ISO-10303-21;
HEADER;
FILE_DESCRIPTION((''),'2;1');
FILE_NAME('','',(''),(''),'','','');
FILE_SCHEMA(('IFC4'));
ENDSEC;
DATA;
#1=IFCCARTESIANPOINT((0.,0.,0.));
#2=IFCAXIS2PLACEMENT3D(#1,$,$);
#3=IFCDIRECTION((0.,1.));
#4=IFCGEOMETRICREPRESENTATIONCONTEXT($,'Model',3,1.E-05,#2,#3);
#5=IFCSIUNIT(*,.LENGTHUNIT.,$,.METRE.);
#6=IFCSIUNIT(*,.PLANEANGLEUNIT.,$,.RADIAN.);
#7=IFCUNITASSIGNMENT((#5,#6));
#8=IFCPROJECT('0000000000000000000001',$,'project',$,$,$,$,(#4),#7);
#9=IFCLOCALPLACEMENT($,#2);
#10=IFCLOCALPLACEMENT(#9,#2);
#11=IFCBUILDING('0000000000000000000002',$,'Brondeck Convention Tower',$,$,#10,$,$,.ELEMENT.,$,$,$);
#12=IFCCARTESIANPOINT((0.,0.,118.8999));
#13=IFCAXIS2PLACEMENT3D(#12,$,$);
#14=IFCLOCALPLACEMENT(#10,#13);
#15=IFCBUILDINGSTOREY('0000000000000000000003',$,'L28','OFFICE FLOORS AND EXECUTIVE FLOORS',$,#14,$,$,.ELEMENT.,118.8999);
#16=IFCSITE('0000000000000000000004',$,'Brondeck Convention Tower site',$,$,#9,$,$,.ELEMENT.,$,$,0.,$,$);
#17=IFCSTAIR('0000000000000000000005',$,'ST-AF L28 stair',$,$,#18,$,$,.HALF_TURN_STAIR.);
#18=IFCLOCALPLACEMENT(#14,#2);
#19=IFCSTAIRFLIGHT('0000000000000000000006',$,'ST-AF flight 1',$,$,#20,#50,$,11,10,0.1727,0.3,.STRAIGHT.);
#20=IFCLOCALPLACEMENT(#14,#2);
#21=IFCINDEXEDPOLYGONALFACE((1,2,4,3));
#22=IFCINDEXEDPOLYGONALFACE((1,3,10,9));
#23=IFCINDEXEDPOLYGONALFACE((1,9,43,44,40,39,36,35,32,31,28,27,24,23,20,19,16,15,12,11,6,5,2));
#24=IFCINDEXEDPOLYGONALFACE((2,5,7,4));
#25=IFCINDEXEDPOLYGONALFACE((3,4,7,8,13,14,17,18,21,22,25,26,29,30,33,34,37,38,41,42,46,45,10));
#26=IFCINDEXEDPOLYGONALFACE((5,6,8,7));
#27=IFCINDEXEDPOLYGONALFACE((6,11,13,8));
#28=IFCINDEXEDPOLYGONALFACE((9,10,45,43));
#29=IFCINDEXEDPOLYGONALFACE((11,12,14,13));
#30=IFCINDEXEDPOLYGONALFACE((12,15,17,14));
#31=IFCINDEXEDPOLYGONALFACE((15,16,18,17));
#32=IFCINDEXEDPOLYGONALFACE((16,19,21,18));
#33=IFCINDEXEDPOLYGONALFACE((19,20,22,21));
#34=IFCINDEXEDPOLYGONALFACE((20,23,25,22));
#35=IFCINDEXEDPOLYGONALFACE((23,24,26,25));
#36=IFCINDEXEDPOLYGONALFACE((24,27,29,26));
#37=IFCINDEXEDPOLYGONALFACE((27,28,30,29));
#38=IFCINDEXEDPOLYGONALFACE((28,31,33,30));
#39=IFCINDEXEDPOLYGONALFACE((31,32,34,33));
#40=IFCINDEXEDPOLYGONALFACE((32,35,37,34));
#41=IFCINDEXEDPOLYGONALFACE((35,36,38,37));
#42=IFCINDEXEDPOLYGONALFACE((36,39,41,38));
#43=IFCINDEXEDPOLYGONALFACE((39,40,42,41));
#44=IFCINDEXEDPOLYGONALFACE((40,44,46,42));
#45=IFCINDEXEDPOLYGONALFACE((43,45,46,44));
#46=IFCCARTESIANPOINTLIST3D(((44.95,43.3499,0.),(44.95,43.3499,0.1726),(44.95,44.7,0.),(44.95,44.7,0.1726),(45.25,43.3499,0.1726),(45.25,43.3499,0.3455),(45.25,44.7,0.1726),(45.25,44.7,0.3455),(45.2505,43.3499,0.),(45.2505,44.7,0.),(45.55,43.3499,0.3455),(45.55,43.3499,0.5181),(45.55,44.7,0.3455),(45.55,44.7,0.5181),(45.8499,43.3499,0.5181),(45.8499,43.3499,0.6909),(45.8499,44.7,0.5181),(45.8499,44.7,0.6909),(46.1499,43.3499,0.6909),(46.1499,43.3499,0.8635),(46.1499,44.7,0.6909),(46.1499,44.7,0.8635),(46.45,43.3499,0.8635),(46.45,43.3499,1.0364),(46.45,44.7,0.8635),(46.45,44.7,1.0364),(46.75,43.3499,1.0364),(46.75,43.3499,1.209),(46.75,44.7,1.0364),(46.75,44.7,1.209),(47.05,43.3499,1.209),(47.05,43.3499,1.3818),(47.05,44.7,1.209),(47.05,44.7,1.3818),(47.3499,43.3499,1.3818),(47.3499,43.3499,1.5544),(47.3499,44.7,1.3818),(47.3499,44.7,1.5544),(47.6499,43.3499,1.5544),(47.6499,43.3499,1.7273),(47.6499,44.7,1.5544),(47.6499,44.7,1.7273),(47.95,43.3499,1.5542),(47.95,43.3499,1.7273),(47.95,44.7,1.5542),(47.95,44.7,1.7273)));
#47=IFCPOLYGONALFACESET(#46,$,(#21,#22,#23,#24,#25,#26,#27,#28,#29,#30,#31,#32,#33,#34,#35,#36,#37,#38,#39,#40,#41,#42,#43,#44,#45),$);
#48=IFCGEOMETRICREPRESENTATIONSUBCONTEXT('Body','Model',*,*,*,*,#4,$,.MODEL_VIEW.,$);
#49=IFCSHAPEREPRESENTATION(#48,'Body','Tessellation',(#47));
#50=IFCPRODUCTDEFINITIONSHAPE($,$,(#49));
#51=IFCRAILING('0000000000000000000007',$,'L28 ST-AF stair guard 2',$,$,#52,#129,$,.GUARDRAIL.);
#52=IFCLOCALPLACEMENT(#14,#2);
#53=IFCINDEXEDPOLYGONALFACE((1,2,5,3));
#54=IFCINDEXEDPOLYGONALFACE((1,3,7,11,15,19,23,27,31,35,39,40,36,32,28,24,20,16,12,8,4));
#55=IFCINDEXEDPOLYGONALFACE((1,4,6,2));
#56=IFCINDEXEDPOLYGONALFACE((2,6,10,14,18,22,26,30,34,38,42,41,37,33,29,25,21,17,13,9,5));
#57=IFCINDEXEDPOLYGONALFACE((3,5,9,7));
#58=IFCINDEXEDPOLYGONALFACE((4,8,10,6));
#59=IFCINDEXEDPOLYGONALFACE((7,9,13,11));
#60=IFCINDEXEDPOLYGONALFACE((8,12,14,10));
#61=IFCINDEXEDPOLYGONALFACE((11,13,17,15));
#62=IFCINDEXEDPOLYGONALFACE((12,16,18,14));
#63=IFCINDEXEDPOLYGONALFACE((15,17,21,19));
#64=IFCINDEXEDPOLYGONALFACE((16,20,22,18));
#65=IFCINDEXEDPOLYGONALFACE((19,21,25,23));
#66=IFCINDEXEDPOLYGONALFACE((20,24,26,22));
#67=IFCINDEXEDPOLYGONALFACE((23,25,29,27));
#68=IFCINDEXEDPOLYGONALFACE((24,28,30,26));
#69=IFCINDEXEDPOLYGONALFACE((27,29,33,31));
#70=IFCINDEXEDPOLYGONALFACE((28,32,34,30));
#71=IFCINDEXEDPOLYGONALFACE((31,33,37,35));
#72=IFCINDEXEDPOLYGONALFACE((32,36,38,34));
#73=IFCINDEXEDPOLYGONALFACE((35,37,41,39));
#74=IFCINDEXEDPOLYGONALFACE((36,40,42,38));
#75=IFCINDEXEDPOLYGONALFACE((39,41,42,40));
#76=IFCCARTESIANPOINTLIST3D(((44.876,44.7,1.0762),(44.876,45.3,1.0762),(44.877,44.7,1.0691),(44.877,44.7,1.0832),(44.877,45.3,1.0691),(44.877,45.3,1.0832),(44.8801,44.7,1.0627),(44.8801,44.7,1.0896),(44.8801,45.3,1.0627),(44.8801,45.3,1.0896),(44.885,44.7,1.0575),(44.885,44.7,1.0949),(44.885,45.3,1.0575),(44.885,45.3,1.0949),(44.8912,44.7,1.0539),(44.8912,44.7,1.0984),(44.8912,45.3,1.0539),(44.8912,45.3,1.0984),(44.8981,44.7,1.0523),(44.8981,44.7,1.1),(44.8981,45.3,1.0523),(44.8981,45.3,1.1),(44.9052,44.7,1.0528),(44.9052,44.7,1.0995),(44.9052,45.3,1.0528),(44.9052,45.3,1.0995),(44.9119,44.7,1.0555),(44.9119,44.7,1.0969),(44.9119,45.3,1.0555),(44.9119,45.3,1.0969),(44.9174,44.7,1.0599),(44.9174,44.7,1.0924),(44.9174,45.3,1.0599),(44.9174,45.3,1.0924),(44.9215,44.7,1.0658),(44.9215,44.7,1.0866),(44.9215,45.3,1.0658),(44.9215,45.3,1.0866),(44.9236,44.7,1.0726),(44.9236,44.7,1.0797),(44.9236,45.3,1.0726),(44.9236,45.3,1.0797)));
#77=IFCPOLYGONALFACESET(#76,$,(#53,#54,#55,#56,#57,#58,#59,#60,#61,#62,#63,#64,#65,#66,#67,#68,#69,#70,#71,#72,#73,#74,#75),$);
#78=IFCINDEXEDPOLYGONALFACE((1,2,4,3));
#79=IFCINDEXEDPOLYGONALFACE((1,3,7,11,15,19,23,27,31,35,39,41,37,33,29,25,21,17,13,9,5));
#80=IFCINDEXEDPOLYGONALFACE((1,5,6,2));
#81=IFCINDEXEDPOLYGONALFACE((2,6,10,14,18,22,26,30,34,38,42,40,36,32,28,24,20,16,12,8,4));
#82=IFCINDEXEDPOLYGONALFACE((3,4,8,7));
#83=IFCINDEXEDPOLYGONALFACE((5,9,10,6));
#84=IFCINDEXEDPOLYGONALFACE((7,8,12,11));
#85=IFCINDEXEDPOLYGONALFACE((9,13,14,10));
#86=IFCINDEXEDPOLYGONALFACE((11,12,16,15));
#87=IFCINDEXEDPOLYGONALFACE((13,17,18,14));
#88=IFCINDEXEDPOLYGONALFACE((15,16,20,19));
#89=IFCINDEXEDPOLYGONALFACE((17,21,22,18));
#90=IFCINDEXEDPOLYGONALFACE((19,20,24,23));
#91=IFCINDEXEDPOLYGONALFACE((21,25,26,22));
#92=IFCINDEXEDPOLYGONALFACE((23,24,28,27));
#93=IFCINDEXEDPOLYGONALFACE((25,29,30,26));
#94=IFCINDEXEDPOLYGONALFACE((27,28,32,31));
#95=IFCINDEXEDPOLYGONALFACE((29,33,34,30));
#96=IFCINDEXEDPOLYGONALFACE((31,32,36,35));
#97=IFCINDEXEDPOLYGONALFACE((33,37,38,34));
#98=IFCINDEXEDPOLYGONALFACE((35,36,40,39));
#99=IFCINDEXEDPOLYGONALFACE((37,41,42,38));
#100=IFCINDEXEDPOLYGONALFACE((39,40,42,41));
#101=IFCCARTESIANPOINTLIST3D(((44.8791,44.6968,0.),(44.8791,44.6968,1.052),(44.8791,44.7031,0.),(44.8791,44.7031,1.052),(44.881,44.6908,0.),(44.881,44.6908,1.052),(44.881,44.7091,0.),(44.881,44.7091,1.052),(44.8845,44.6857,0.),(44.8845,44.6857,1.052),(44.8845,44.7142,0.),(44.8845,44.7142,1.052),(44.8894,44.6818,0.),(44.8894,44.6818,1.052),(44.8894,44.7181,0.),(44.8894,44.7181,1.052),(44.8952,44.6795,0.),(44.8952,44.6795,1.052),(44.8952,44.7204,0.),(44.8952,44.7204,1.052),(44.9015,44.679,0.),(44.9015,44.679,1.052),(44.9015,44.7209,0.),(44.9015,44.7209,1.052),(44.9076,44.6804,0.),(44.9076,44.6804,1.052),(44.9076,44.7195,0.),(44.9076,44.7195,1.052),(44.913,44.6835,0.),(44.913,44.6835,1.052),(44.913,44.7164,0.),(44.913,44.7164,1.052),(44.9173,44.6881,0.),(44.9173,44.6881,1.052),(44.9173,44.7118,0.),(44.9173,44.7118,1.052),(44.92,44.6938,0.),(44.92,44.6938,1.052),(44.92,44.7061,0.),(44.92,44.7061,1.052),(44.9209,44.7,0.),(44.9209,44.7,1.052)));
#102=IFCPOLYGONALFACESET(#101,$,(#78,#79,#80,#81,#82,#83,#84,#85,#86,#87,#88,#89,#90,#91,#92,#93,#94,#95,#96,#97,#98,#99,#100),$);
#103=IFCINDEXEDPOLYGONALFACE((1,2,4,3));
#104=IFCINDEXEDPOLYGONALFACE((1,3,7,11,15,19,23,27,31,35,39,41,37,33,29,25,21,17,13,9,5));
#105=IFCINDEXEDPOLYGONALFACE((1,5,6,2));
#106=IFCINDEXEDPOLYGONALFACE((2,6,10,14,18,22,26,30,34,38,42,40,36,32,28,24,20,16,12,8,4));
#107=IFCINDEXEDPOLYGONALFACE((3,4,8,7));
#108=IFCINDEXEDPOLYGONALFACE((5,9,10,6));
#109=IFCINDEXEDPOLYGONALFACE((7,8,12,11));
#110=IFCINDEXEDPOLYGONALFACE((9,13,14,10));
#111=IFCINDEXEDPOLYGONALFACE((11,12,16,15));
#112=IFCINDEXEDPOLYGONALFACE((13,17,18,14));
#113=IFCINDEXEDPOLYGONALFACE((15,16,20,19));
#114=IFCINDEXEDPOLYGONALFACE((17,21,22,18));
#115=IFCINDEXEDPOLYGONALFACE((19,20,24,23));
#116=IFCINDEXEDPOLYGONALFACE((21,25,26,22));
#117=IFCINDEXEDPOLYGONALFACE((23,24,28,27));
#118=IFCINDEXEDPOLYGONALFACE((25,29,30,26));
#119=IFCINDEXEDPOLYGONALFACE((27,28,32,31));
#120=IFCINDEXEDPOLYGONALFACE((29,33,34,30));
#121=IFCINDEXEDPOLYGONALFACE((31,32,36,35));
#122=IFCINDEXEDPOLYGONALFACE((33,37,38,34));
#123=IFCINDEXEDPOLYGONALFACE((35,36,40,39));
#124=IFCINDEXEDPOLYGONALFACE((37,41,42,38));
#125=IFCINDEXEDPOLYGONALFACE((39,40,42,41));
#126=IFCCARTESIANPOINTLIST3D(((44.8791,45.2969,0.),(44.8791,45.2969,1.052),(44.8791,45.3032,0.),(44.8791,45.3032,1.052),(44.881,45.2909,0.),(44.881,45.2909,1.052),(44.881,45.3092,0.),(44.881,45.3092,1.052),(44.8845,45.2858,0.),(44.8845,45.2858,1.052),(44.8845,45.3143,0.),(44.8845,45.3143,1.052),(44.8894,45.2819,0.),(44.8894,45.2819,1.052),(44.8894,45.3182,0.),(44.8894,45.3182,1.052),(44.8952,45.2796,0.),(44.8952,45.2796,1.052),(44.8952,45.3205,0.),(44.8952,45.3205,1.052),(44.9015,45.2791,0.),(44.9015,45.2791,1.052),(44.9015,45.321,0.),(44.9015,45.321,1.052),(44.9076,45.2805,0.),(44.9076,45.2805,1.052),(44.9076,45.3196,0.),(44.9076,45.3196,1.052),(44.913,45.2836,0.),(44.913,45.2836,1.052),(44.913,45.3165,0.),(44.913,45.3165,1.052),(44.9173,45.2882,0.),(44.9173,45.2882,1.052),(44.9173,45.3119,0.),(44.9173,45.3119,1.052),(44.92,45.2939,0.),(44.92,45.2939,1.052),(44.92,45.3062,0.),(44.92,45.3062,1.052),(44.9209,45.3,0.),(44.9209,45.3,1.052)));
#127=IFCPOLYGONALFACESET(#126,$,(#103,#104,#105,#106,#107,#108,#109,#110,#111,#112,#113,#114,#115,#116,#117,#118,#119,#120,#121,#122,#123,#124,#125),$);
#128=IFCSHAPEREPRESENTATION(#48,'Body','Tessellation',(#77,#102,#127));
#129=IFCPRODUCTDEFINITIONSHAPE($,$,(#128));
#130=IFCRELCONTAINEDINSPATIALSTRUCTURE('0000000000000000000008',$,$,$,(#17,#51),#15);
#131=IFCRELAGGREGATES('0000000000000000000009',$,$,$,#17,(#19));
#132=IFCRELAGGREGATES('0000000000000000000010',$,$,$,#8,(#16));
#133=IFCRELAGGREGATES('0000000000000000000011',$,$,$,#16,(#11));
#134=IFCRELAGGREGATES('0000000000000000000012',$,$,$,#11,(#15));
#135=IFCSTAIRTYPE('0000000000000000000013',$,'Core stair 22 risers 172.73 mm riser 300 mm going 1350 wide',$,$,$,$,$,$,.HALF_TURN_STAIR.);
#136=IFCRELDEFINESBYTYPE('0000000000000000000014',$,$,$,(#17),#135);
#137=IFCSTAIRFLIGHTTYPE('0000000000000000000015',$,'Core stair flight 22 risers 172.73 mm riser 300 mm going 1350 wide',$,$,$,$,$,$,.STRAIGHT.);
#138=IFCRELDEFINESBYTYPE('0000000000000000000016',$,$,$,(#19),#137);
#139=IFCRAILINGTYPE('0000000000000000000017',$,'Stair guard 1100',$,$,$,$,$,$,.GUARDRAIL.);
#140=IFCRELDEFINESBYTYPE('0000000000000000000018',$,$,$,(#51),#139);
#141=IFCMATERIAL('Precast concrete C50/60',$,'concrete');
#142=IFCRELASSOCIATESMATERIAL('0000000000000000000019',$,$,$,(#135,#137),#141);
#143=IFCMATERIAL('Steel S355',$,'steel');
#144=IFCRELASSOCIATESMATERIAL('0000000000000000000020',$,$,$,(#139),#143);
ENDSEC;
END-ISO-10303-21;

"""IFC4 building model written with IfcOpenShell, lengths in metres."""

from ifc_helpers import new_model, si_unit, direction, frame, origin, origin_2d, place, context, subcontext, project, spatial, polyline, circle, outline, extrude, material, type_object, element, aggregate, save


model = new_model("IFC4")

# Units and contexts
model_context = context("Model", 3, precision=1e-05, world=origin(), true_north=direction((0.0, 1.0)))
body_context = subcontext(model_context, "Body", "Model", "MODEL_VIEW")
ifc_project = project(units=[si_unit("LENGTHUNIT", "METRE"), si_unit("PLANEANGLEUNIT", "RADIAN")], contexts=[model_context])

# Site, building, storey
site_placement = place(None, origin())
site = spatial("IfcSite", under=ifc_project, at=site_placement, Name="Brondeck Convention Tower site", CompositionType="ELEMENT", RefElevation=0.0)
building_placement = place(site_placement, origin())
building = spatial("IfcBuilding", under=site, at=building_placement, Name="Brondeck Convention Tower", CompositionType="ELEMENT")
storey_placement = place(building_placement, frame((0.0, 0.0, 118.8999)))
storey = spatial("IfcBuildingStorey", under=building, at=storey_placement, Name="L28", Description="OFFICE FLOORS AND EXECUTIVE FLOORS", CompositionType="ELEMENT", Elevation=118.8999)

# Shared definitions
ifc_material_1 = material(Name="Steel S355", Category="steel")

# Stair, stair flight
ifc_material_2 = material(Name="Precast concrete C50/60", Category="concrete")
stair_type = type_object("IfcStairType", Name="Core stair 22 risers 172.73 mm riser 300 mm going 1350 wide", PredefinedType="HALF_TURN_STAIR", material=ifc_material_2)
stair_placement = place(storey_placement, origin())
stair = element("IfcStair", 1, at=stair_placement, inside=storey, type_object=stair_type, Name="ST-AF L28 stair", PredefinedType="HALF_TURN_STAIR")
stair_flight_type = type_object("IfcStairFlightType", Name="Core stair flight 22 risers 172.73 mm riser 300 mm going 1350 wide", PredefinedType="STRAIGHT", material=ifc_material_2)
stair_flight_placement = place(storey_placement, frame((44.95, 44.0249, 0.0), z_axis=(0.0, 0.0, 1.0), x_axis=(1.0, 0.0, 0.0)))
stair_flight = element("IfcStairFlight", 2, at=stair_flight_placement, type_object=stair_flight_type, Name="ST-AF flight 1", NumberOfRisers=11, NumberOfTreads=10, PredefinedType="STRAIGHT", RiserHeight=0.1727, TreadLength=0.3, context=body_context, shape_type="SweptSolid", body=[
    extrude(outline(polyline([(0.0, 0.0), (0.0, 0.1726), (0.3, 0.1726), (0.3, 0.3455), (0.6001, 0.3455), (0.6001, 0.5181), (0.8999, 0.5181), (0.8999, 0.6909), (1.2, 0.6909), (1.2, 0.8635), (1.5, 0.8635), (1.5, 1.0364), (1.8, 1.0364), (1.8, 1.209), (2.1001, 1.209), (2.1001, 1.3818), (2.3999, 1.3818), (2.3999, 1.5544), (2.7, 1.5544), (2.7, 1.7273), (3.0, 1.7273), (3.0, 1.8999), (3.0, 1.5542), (0.3005, 0.0), (0.0, 0.0)])), frame((0.0, 0.675, 0.0), z_axis=(0.0, -1.0, 0.0), x_axis=(1.0, 0.0, 0.0)), (0.0, 0.0, 1.0), 1.3501),
])
aggregate(stair, [stair_flight])

# Railing
railing_type_1 = type_object("IfcRailingType", Name="Stair guard 1100", PredefinedType="GUARDRAIL", material=ifc_material_1)
railing_1_placement = place(storey_placement, frame((44.8999, 44.7, 0.0)))
element("IfcRailing", 3, at=railing_1_placement, inside=storey, type_object=railing_type_1, Name="L28 ST-AF stair guard 2", PredefinedType="GUARDRAIL", context=body_context, shape_type="SweptSolid", body=[
    extrude(circle(Radius=0.0239, at=origin_2d()), frame((0.0, 0.0, 1.0762), z_axis=(0.0, 1.0, 0.0), x_axis=(-1.0, 0.0, 0.0)), (0.0, 0.0, 1.0), 0.6001),
    extrude(circle(Radius=0.021, at=origin_2d()), origin(), (0.0, 0.0, 1.0), 1.052),
    extrude(circle(Radius=0.021, at=origin_2d()), frame((0.0, 0.6001, 0.0)), (0.0, 0.0, 1.0), 1.052),
])

save(model, "model.ifc")
